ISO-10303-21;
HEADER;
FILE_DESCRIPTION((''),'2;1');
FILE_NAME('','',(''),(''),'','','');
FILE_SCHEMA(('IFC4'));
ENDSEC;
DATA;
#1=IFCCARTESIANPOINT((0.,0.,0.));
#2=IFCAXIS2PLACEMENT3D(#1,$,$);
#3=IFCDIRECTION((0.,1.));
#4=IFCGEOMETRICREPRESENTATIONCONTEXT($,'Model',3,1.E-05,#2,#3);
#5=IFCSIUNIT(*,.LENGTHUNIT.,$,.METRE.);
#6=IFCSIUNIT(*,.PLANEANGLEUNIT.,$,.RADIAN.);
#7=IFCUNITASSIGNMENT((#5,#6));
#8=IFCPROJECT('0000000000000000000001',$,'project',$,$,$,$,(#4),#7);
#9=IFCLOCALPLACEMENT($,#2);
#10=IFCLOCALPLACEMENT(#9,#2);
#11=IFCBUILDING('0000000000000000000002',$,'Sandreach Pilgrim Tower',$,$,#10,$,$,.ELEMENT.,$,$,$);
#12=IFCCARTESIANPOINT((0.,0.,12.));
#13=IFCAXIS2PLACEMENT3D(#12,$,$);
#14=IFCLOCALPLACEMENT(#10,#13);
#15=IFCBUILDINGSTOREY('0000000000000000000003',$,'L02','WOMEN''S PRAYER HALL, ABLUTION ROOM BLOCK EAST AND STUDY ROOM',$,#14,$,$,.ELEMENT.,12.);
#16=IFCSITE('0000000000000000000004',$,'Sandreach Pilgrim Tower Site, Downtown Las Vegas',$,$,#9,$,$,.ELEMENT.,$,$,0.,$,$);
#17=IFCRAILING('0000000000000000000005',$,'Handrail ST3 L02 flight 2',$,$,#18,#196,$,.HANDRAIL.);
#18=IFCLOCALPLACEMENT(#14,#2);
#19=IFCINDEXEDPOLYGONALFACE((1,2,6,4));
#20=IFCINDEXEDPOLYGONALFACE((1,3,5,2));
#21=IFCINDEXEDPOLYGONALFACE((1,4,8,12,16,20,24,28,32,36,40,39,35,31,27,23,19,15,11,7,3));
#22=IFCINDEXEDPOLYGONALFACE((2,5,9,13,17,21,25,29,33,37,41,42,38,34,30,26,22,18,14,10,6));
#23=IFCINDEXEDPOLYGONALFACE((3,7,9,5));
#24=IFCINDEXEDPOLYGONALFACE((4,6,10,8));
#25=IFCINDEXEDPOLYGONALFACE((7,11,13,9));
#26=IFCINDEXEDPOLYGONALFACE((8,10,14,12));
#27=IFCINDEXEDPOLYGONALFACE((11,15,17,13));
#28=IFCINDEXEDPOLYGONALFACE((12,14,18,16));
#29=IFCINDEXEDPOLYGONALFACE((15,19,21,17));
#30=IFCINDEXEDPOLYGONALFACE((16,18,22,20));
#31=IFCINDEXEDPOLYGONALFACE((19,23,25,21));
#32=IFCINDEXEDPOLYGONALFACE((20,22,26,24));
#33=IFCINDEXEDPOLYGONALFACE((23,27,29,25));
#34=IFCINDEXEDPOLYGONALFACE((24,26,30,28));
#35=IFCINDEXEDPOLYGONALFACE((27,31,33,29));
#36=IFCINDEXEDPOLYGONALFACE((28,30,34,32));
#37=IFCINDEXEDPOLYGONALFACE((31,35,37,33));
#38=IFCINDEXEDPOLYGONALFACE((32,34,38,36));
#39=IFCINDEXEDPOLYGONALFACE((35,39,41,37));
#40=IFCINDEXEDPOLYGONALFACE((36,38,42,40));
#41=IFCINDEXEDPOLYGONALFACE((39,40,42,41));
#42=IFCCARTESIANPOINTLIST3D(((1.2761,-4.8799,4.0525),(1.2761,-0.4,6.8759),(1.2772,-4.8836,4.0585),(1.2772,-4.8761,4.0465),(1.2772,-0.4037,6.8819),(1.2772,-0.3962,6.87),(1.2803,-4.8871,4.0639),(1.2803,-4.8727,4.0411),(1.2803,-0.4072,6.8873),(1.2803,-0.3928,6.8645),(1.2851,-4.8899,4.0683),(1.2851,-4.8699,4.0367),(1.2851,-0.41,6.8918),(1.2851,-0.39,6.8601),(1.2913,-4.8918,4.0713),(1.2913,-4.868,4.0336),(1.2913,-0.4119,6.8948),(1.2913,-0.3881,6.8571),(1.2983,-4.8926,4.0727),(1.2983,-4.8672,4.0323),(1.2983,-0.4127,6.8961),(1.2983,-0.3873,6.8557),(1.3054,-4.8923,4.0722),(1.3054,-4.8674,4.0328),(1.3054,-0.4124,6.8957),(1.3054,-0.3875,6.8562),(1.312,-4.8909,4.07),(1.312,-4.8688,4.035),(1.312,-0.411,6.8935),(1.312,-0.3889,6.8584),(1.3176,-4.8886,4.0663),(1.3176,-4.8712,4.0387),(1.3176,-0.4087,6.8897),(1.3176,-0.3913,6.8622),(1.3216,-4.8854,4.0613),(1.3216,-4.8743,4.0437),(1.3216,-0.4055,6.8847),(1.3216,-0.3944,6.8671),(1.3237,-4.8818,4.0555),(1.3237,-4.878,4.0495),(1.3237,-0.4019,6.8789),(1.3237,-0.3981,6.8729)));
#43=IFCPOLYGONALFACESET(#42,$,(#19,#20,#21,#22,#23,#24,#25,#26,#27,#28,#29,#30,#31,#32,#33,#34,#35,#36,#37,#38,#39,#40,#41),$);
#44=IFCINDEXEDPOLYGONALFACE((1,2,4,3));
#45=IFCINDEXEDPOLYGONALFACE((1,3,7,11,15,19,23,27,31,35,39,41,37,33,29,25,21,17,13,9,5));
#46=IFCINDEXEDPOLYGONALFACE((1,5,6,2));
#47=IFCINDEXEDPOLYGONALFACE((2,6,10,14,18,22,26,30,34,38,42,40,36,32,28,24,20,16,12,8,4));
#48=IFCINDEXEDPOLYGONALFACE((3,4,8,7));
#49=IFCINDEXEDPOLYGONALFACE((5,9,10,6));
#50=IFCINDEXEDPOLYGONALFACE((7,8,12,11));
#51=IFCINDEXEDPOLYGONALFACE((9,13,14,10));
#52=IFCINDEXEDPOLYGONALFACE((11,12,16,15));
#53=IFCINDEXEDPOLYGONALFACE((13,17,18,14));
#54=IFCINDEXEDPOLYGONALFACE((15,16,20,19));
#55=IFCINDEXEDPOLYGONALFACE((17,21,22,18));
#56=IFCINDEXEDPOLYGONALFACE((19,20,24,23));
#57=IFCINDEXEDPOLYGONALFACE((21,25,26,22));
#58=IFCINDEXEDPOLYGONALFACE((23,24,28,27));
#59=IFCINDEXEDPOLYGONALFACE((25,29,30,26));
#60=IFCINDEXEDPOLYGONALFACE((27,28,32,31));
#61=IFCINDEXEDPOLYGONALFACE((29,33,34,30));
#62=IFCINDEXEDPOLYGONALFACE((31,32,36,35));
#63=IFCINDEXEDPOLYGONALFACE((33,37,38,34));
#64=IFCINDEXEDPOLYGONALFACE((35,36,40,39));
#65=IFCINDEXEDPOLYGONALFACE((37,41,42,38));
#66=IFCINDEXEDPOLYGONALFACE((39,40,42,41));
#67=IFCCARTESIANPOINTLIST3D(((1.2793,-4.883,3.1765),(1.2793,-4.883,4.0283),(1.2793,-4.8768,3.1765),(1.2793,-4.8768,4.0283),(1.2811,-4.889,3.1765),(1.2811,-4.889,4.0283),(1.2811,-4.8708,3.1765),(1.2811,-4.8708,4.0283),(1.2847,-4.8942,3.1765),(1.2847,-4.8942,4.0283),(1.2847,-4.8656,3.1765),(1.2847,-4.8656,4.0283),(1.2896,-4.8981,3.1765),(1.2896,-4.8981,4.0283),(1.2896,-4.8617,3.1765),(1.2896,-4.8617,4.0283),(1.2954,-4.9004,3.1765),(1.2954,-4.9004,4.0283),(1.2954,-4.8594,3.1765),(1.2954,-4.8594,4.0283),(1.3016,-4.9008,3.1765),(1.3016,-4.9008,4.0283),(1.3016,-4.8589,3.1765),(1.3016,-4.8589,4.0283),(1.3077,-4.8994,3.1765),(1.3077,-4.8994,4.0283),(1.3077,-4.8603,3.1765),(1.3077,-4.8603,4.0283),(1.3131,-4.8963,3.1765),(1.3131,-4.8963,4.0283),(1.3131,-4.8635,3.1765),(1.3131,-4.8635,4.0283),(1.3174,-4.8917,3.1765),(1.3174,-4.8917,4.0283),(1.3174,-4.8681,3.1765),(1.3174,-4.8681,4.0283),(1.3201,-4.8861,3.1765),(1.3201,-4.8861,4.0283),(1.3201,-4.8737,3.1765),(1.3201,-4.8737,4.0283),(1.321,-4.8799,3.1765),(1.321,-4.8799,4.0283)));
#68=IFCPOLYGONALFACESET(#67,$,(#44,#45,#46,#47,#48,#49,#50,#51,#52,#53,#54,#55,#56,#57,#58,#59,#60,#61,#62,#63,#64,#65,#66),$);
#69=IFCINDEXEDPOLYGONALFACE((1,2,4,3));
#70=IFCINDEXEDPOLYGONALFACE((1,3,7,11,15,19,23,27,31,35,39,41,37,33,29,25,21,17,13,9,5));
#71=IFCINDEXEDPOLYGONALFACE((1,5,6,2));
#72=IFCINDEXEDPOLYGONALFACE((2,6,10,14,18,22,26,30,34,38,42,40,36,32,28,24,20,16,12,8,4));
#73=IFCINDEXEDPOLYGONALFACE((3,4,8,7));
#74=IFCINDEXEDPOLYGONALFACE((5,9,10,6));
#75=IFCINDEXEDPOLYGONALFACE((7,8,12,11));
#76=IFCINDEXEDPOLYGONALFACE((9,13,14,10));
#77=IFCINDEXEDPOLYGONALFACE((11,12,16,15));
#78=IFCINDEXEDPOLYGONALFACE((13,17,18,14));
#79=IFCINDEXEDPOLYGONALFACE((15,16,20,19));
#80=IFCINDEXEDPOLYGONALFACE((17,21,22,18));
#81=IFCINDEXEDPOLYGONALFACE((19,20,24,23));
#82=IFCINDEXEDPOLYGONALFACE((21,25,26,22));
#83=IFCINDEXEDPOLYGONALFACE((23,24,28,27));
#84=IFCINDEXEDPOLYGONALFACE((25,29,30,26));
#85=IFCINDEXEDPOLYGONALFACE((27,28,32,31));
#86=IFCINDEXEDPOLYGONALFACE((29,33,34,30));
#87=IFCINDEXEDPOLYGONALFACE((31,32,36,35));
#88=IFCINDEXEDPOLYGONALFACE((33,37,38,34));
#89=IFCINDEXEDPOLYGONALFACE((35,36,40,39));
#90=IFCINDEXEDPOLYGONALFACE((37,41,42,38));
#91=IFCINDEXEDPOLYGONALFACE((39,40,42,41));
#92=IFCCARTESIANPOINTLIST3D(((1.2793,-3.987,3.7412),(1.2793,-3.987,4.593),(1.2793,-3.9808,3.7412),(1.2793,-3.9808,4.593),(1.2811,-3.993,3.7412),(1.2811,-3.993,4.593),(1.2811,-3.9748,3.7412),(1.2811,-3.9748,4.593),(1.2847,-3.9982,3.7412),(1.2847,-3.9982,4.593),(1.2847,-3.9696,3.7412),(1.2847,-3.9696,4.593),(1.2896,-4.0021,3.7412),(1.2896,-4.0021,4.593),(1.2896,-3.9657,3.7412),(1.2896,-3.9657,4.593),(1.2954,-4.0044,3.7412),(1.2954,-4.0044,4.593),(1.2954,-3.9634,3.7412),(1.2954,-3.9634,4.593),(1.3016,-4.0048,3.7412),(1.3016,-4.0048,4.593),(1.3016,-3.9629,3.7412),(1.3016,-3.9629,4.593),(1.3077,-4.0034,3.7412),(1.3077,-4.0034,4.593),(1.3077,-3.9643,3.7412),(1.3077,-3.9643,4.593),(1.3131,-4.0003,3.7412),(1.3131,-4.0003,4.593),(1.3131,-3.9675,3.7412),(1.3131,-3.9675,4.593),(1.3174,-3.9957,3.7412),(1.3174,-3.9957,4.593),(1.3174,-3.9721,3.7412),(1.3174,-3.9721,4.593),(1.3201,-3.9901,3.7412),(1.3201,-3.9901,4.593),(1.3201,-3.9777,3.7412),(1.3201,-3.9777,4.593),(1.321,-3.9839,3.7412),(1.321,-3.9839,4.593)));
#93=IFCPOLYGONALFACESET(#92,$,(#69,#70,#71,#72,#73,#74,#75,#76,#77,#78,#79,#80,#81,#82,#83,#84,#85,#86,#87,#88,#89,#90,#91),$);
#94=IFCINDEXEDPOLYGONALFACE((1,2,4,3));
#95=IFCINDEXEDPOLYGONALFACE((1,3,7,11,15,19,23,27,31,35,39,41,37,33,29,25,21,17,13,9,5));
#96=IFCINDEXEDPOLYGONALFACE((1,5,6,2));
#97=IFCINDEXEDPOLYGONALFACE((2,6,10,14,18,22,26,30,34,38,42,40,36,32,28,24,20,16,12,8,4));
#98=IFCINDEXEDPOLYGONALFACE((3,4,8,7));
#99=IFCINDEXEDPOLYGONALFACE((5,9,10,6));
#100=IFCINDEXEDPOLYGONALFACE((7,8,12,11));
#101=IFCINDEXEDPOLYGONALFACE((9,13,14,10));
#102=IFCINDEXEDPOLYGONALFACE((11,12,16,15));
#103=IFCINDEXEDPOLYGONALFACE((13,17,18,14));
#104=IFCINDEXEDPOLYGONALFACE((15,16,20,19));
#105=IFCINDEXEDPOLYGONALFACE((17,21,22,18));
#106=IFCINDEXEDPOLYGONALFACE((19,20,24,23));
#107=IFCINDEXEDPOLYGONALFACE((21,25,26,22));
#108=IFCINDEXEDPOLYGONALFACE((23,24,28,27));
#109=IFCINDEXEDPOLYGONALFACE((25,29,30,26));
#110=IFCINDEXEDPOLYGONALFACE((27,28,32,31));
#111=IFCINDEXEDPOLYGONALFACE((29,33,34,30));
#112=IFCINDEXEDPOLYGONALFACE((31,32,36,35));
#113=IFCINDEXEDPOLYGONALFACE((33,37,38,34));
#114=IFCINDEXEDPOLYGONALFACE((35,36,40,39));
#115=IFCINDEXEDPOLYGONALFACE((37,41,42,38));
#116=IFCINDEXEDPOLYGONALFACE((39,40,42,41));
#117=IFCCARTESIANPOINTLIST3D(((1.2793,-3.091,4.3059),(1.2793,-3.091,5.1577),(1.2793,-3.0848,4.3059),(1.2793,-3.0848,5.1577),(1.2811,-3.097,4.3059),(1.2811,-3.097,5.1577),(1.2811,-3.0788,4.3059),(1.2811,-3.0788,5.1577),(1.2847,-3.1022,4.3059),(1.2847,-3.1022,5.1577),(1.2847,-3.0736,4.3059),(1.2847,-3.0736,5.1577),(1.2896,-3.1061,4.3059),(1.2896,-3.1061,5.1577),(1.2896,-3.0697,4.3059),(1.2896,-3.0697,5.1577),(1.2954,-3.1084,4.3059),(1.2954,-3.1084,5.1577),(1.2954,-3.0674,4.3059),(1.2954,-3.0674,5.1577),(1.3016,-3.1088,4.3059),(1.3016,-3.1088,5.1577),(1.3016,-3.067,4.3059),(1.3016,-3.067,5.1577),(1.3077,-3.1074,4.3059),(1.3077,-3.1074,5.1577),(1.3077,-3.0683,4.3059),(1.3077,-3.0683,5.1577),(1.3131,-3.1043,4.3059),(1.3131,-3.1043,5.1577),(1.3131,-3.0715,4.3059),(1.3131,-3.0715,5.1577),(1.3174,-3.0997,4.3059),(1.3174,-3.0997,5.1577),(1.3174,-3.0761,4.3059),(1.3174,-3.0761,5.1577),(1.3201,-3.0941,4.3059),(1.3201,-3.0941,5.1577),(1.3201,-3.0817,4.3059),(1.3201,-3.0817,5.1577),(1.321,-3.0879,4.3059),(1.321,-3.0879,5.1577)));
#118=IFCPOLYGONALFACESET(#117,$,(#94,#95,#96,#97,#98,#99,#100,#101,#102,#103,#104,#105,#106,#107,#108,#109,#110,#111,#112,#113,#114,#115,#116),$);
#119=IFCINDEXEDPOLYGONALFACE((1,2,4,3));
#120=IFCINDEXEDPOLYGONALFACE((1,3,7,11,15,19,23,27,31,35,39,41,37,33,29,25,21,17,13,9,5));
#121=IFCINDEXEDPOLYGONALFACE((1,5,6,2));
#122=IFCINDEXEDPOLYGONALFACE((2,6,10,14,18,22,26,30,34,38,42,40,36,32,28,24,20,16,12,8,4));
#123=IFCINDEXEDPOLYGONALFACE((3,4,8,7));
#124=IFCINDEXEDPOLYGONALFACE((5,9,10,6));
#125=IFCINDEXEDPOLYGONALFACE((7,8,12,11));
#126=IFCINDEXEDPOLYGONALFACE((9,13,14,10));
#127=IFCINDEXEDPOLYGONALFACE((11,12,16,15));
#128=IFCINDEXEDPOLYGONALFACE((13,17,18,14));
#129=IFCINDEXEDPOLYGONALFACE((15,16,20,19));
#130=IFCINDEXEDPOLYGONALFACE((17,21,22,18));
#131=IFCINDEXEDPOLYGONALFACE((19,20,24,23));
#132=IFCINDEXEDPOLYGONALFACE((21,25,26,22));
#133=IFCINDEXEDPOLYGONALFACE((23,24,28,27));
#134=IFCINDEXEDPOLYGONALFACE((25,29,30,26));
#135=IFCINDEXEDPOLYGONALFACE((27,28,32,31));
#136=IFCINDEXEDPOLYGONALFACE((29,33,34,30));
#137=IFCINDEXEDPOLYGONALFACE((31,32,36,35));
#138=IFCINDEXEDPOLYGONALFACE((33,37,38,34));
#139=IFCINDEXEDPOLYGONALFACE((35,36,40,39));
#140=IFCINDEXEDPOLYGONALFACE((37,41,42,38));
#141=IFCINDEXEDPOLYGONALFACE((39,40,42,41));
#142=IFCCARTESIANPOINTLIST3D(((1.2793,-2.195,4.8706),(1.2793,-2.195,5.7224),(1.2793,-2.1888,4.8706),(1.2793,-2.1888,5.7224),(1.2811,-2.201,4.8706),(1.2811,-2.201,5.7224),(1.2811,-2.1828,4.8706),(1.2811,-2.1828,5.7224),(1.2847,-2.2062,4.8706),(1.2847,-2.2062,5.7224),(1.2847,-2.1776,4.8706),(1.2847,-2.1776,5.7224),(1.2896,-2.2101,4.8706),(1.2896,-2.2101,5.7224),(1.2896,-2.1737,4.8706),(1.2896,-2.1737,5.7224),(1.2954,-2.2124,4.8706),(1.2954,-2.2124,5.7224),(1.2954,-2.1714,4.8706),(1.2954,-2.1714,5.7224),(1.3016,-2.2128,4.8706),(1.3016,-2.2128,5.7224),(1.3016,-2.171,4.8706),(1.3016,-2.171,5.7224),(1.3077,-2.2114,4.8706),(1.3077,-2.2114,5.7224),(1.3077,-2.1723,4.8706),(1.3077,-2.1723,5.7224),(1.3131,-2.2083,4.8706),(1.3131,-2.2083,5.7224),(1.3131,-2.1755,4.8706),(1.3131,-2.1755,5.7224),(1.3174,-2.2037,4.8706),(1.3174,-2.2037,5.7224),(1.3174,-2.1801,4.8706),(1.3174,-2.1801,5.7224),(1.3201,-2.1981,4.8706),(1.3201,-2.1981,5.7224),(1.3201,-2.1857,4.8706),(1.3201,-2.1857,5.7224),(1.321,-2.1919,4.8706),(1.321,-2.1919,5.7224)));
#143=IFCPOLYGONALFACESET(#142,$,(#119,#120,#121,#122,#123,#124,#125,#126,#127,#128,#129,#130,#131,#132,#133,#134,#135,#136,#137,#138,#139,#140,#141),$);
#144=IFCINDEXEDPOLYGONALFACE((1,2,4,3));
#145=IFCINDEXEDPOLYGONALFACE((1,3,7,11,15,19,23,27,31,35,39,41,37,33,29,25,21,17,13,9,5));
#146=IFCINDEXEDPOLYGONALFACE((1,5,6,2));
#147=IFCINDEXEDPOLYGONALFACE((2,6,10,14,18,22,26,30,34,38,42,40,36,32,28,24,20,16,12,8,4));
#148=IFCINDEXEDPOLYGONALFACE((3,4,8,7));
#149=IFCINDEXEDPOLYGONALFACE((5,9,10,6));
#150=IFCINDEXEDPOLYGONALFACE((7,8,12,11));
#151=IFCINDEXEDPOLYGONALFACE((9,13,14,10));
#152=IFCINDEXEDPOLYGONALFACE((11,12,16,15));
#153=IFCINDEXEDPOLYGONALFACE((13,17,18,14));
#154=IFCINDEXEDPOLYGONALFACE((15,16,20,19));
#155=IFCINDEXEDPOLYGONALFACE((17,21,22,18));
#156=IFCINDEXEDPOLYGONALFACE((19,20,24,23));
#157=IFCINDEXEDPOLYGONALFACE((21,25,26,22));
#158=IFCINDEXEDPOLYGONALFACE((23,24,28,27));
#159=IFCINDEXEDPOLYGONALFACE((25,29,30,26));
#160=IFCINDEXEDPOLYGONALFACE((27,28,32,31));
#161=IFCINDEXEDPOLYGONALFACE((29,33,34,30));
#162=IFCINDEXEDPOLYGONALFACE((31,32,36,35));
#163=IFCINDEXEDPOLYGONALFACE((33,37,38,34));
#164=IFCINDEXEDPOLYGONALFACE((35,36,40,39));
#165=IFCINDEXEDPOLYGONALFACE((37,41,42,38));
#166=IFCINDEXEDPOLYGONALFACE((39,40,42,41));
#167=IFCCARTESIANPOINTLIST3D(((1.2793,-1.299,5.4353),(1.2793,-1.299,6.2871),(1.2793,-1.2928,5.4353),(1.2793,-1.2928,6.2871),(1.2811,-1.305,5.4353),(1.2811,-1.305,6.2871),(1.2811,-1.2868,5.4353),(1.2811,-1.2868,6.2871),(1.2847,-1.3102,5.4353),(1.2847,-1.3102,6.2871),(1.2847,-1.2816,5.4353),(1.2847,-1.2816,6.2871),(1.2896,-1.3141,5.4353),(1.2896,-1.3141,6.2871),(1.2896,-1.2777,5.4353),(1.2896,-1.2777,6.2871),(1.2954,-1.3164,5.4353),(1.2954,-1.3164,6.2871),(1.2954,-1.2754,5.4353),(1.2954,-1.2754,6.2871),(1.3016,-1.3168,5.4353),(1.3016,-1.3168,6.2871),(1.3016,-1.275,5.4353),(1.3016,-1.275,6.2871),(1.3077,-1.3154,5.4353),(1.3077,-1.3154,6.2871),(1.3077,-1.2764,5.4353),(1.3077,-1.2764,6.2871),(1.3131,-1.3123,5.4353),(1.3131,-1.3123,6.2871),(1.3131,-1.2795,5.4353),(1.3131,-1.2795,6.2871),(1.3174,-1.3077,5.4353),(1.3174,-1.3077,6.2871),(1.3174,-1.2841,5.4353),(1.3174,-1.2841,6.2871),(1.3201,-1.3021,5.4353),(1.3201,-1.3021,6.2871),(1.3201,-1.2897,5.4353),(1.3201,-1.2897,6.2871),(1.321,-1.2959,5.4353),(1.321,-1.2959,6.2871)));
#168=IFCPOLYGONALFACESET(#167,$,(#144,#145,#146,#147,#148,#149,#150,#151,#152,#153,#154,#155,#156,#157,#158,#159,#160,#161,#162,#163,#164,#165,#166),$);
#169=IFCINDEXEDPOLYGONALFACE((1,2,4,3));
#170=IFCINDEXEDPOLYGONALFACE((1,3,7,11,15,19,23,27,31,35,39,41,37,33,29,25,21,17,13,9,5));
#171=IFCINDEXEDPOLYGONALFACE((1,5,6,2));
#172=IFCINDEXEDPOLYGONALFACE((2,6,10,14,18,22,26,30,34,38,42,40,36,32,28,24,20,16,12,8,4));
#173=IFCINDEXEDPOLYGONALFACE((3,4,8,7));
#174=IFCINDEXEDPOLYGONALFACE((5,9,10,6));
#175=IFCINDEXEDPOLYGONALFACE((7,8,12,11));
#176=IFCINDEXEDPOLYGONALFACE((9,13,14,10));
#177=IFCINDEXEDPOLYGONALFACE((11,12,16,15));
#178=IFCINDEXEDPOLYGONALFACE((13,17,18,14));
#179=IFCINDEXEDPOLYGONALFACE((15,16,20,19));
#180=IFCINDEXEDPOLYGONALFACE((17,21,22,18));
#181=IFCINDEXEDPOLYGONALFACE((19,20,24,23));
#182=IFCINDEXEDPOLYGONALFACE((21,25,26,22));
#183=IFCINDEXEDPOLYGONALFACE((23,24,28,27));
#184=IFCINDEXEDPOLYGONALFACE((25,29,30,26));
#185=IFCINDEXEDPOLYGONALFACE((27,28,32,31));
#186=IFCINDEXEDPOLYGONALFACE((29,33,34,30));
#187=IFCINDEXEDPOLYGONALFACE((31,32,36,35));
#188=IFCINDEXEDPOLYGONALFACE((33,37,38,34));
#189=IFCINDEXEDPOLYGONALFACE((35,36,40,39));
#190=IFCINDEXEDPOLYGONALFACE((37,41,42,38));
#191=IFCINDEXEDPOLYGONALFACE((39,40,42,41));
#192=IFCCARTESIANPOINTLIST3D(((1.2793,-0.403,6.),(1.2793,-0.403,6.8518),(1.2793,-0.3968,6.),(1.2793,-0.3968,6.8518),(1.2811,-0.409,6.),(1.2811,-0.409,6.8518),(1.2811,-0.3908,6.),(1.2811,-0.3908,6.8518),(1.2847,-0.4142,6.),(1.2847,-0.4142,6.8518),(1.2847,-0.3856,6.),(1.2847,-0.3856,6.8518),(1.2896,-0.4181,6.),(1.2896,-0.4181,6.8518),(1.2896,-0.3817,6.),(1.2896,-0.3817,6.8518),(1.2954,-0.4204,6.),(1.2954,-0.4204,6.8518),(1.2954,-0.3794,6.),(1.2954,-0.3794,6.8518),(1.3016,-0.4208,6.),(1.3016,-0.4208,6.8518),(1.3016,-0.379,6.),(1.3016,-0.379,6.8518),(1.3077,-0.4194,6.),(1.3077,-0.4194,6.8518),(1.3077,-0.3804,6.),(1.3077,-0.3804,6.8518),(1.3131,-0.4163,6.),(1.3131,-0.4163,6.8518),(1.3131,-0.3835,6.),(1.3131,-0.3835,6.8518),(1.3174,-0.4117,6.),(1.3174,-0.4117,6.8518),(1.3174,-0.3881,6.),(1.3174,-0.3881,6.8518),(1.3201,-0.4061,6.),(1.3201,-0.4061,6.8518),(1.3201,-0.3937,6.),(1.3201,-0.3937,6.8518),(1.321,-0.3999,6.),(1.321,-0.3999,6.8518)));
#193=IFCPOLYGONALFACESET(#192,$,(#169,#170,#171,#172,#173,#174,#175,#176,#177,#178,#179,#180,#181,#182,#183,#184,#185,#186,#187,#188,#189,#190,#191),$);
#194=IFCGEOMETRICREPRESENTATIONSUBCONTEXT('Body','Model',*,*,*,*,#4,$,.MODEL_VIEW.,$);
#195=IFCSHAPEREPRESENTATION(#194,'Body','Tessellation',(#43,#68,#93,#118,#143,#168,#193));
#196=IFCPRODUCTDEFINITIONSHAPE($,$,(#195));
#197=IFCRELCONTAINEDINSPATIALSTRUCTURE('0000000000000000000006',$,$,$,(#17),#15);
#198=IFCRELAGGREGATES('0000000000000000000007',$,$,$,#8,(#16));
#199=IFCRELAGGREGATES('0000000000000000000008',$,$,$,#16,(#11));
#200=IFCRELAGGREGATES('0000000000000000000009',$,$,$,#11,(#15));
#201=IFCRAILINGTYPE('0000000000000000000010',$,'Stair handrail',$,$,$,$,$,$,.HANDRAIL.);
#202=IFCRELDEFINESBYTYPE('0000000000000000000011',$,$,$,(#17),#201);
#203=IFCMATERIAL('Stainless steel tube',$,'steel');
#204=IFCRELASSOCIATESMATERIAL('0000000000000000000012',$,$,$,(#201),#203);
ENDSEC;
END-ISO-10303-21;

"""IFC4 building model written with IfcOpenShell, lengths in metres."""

from ifc_helpers import new_model, si_unit, direction, frame, origin, origin_2d, place, context, subcontext, project, spatial, circle, extrude, material, type_object, element, save


model = new_model("IFC4")

# Units and contexts
model_context = context("Model", 3, precision=1e-05, world=origin(), true_north=direction((0.0, 1.0)))
body_context = subcontext(model_context, "Body", "Model", "MODEL_VIEW")
ifc_project = project(units=[si_unit("LENGTHUNIT", "METRE"), si_unit("PLANEANGLEUNIT", "RADIAN")], contexts=[model_context])

# Site, building, storey
site_placement = place(None, origin())
site = spatial("IfcSite", under=ifc_project, at=site_placement, Name="Sandreach Pilgrim Tower Site, Downtown Las Vegas", CompositionType="ELEMENT", RefElevation=0.0)
building_placement = place(site_placement, origin())
building = spatial("IfcBuilding", under=site, at=building_placement, Name="Sandreach Pilgrim Tower", CompositionType="ELEMENT")
storey_placement = place(building_placement, frame((0.0, 0.0, 12.0)))
storey = spatial("IfcBuildingStorey", under=building, at=storey_placement, Name="L02", Description="WOMEN'S PRAYER HALL, ABLUTION ROOM BLOCK EAST AND STUDY ROOM", CompositionType="ELEMENT", Elevation=12.0)

# Railing
ifc_material_1 = material(Name="Stainless steel tube", Category="steel")
railing_type = type_object("IfcRailingType", Name="Stair handrail", PredefinedType="HANDRAIL", material=ifc_material_1)
for number, where, name in (
    (1, (1.3, -4.8799, 3.1765), "Handrail ST3 L02 flight 2"),
):
    element("IfcRailing", number, at=place(storey_placement, frame(where)), inside=storey, type_object=railing_type, Name=name, PredefinedType="HANDRAIL", context=body_context, shape_type="SweptSolid", body=[
        extrude(circle(Radius=0.0239, at=origin_2d()), frame((0.0, 0.0, 0.876), z_axis=(0.0, 0.845998, 0.533186), x_axis=(-1.0, 0.0, 0.0)), (0.0, 0.0, 1.0), 5.2954),
        extrude(circle(Radius=0.021, at=origin_2d()), origin(), (0.0, 0.0, 1.0), 0.8518),
        extrude(circle(Radius=0.021, at=origin_2d()), frame((0.0, 0.896, 0.5647)), (0.0, 0.0, 1.0), 0.8518),
        extrude(circle(Radius=0.021, at=origin_2d()), frame((0.0, 1.792, 1.1294)), (0.0, 0.0, 1.0), 0.8518),
        extrude(circle(Radius=0.021, at=origin_2d()), frame((0.0, 2.688, 1.6941)), (0.0, 0.0, 1.0), 0.8518),
        extrude(circle(Radius=0.021, at=origin_2d()), frame((0.0, 3.584, 2.2588)), (0.0, 0.0, 1.0), 0.8518),
        extrude(circle(Radius=0.021, at=origin_2d()), frame((0.0, 4.48, 2.8235)), (0.0, 0.0, 1.0), 0.8518),
    ])

save(model, "model.ifc")
